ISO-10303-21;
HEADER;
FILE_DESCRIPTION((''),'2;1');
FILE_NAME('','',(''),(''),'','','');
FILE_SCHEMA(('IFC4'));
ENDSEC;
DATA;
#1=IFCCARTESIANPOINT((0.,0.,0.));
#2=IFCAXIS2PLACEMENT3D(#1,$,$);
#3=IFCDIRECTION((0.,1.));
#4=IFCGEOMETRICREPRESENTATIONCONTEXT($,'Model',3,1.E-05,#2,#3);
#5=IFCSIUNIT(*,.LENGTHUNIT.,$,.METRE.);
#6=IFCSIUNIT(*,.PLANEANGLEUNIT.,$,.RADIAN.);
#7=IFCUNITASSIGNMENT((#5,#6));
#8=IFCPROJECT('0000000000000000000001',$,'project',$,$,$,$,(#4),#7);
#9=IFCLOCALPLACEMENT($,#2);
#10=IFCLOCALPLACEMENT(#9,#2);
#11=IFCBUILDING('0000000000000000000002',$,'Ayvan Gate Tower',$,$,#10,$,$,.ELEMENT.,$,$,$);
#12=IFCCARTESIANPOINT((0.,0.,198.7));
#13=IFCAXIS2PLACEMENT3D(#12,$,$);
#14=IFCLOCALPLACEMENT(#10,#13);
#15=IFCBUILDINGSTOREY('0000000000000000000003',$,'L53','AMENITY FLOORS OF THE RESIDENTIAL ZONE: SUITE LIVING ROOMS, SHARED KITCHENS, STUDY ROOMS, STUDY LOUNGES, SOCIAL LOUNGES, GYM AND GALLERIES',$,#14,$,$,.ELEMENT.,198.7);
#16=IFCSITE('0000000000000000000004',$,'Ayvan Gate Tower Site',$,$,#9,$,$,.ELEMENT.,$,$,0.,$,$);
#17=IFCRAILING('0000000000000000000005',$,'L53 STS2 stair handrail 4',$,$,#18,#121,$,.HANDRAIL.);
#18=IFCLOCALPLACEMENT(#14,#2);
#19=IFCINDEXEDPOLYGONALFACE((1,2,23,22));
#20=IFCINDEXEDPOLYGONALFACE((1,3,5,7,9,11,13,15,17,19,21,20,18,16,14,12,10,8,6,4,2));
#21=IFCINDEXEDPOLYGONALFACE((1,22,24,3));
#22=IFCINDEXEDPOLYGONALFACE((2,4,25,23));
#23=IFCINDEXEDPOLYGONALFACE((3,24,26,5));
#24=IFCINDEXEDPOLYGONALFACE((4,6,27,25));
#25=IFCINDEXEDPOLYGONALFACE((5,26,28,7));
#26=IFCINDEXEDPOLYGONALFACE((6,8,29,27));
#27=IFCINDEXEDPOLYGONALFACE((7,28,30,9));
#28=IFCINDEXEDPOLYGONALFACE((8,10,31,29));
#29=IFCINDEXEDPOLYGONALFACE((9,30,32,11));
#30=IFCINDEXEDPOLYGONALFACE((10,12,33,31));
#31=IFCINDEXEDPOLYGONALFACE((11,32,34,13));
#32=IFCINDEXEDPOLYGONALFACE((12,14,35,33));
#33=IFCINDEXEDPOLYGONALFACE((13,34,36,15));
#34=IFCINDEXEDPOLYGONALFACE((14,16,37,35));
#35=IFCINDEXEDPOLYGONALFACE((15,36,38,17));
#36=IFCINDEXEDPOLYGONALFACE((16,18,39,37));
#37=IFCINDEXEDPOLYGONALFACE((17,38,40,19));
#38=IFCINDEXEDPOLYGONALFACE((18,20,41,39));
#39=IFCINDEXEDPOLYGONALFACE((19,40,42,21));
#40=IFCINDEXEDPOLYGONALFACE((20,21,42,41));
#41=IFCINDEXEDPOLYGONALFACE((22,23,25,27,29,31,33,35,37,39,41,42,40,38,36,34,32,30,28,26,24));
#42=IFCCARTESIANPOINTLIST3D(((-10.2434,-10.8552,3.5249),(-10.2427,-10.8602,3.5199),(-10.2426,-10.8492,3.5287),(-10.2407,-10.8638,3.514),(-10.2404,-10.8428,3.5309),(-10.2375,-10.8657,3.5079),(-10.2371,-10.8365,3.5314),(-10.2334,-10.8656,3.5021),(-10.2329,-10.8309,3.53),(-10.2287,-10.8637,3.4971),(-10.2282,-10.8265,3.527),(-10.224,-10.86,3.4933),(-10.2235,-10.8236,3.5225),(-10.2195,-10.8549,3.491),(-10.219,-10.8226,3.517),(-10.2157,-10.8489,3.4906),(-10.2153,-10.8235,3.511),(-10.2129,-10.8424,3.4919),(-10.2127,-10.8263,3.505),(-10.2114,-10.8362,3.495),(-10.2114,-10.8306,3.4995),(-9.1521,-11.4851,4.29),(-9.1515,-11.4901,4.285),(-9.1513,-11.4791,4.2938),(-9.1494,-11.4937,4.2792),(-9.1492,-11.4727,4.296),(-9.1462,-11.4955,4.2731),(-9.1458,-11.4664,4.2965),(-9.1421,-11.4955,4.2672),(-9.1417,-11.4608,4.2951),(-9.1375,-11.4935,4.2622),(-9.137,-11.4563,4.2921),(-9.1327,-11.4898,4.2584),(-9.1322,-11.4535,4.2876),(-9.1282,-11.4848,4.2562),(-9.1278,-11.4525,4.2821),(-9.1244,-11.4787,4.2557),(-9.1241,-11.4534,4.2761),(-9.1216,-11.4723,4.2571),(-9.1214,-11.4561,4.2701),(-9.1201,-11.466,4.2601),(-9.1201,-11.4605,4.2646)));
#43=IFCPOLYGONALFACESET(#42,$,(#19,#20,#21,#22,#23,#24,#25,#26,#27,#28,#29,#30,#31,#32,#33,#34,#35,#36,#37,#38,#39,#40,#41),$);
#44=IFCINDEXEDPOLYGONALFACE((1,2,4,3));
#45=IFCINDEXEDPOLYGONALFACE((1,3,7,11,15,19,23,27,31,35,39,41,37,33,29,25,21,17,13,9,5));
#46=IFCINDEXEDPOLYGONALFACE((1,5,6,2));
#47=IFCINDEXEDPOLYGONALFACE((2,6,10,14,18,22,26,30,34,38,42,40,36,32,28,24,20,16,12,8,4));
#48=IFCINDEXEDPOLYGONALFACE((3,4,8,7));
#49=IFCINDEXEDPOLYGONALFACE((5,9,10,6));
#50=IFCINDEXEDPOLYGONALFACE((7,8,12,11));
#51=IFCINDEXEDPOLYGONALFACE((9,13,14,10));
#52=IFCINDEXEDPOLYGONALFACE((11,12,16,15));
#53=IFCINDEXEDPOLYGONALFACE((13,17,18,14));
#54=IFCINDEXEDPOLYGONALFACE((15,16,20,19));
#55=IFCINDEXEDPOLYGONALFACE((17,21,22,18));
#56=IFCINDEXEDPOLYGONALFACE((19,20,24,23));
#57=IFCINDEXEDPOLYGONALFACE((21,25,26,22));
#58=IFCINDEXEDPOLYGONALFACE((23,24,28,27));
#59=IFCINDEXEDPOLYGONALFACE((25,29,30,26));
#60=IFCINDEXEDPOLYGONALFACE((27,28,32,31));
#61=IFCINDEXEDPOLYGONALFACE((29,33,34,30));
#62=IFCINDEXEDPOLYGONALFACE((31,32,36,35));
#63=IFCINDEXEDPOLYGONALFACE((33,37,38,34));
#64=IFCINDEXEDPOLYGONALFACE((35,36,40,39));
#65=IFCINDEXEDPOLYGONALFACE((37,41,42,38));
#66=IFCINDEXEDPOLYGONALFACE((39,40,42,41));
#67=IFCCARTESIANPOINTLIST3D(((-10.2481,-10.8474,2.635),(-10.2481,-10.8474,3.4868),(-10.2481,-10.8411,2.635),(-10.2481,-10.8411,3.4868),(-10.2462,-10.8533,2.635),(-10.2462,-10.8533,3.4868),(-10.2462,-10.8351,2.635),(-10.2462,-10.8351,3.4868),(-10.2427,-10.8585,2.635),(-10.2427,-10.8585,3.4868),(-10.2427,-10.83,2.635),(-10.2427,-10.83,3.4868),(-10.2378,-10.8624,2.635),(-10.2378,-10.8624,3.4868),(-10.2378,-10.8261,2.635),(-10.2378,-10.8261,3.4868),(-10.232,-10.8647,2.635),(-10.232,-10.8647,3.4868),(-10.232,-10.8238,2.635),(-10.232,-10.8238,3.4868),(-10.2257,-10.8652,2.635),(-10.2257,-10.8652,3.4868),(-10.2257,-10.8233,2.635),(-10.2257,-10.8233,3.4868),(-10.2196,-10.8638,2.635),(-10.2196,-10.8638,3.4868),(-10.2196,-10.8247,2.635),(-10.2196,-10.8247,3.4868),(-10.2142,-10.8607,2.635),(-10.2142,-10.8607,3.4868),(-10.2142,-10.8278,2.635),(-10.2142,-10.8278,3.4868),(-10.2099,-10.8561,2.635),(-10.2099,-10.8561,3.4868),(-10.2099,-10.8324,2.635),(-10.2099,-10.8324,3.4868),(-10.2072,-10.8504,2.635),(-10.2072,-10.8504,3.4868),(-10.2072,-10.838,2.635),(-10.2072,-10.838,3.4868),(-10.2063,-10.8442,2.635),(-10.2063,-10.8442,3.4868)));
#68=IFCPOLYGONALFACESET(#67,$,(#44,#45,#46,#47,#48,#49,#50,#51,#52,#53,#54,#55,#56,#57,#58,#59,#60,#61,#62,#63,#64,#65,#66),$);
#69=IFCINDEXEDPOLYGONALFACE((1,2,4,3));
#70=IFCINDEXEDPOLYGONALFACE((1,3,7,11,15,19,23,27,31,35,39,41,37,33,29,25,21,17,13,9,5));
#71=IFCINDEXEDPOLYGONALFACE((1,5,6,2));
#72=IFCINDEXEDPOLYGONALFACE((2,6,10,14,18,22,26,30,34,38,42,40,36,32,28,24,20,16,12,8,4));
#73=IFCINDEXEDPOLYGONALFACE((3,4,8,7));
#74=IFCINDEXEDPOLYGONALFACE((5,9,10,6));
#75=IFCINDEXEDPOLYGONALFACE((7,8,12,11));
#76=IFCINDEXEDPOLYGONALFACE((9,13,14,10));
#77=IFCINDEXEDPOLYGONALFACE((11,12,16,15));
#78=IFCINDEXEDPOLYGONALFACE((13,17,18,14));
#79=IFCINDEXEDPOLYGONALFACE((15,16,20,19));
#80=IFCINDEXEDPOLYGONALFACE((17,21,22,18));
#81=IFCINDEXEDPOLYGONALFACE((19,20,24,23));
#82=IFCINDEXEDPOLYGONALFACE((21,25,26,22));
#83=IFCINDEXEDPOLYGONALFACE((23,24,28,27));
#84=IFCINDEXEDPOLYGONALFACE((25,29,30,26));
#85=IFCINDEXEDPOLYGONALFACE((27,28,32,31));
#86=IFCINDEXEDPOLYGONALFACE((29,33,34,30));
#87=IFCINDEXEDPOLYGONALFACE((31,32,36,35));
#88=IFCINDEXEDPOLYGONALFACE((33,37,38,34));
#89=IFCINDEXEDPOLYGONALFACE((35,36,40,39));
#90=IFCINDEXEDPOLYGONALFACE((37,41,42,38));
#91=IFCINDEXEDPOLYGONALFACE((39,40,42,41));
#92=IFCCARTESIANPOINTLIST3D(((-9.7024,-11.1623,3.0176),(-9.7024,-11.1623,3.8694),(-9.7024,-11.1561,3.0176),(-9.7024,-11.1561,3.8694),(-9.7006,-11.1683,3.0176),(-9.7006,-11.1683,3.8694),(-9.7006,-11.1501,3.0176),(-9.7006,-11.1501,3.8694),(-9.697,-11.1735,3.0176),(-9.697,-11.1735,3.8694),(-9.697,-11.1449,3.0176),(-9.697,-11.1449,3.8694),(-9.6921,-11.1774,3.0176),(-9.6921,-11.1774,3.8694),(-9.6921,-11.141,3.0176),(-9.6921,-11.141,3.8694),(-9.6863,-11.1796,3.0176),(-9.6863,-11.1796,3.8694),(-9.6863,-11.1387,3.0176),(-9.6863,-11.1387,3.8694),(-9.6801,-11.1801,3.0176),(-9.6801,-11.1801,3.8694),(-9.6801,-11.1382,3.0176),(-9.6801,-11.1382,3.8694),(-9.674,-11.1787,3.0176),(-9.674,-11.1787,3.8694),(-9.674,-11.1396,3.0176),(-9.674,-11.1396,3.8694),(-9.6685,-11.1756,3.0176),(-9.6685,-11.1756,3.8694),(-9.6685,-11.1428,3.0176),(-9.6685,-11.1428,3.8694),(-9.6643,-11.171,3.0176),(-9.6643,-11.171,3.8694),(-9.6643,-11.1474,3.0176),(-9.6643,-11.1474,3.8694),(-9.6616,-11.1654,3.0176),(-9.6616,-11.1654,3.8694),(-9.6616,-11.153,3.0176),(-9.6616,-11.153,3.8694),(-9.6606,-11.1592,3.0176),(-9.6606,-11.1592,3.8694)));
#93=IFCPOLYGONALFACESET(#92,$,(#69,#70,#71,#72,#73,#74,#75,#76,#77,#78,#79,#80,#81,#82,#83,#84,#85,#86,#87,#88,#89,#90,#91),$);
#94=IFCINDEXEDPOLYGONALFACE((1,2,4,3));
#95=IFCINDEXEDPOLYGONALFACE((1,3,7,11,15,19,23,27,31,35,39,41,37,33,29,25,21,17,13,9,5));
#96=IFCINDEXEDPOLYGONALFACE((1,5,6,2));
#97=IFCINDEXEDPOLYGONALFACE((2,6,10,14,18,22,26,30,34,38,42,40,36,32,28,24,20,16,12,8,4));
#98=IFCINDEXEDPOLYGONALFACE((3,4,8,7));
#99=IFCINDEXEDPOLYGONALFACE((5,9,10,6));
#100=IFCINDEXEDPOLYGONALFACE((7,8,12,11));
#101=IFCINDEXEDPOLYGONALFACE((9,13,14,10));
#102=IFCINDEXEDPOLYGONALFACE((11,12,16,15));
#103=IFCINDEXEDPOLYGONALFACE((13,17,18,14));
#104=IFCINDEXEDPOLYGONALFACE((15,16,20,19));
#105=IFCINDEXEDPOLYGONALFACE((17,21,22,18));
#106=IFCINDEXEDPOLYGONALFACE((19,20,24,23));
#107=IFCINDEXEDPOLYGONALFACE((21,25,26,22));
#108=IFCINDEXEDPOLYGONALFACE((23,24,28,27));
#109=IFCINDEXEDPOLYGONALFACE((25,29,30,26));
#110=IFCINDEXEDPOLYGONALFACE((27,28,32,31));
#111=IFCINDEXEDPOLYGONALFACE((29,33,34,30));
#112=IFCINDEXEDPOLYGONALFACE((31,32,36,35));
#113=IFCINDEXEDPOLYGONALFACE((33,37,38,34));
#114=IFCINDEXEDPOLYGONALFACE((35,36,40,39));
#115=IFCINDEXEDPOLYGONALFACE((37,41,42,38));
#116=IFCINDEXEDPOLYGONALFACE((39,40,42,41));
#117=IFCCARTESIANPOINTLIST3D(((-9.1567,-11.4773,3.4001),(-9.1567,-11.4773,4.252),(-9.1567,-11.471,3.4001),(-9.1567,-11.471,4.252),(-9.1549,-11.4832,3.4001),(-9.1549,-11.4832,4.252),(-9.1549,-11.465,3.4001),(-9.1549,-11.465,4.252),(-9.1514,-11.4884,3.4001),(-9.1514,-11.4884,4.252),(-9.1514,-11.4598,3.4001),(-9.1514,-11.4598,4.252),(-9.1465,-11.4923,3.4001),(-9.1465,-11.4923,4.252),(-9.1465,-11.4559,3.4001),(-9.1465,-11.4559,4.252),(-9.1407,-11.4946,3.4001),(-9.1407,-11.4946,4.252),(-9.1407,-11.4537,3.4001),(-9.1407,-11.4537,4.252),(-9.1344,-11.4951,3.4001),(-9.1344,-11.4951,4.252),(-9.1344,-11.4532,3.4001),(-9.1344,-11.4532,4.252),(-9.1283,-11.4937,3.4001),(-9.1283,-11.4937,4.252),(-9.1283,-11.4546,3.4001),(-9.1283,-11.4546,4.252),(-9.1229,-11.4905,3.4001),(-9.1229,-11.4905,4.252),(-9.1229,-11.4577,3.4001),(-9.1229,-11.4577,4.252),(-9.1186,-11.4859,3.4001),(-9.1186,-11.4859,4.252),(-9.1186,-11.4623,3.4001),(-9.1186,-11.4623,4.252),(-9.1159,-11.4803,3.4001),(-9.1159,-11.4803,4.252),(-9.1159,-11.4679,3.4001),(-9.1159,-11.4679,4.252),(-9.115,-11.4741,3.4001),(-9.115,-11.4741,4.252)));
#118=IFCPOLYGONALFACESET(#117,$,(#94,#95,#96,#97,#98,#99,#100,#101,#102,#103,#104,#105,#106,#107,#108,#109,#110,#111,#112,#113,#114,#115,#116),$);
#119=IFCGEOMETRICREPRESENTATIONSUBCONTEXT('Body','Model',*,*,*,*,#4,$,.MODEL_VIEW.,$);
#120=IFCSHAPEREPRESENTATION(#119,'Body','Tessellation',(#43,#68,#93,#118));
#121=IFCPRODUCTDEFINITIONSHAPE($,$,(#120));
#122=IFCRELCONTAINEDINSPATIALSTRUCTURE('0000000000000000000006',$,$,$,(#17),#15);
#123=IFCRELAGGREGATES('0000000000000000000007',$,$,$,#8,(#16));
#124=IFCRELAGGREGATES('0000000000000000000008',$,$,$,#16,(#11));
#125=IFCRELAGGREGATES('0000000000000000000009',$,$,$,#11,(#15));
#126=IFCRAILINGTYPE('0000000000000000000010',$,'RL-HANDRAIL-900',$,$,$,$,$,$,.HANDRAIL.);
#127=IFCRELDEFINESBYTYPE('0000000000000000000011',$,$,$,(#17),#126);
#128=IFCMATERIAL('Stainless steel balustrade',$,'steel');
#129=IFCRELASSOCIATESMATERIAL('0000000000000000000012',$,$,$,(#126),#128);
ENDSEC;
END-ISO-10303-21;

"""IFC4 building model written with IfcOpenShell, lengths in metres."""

from ifc_helpers import new_model, si_unit, direction, frame, origin, origin_2d, place, context, subcontext, project, spatial, circle, extrude, material, type_object, element, save


model = new_model("IFC4")

# Units and contexts
model_context = context("Model", 3, precision=1e-05, world=origin(), true_north=direction((0.0, 1.0)))
body_context = subcontext(model_context, "Body", "Model", "MODEL_VIEW")
ifc_project = project(units=[si_unit("LENGTHUNIT", "METRE"), si_unit("PLANEANGLEUNIT", "RADIAN")], contexts=[model_context])

# Site, building, storey
site_placement = place(None, origin())
site = spatial("IfcSite", under=ifc_project, at=site_placement, Name="Ayvan Gate Tower Site", CompositionType="ELEMENT", RefElevation=0.0)
building_placement = place(site_placement, origin())
building = spatial("IfcBuilding", under=site, at=building_placement, Name="Ayvan Gate Tower", CompositionType="ELEMENT")
storey_placement = place(building_placement, frame((0.0, 0.0, 198.7)))
storey = spatial("IfcBuildingStorey", under=building, at=storey_placement, Name="L53", Description="AMENITY FLOORS OF THE RESIDENTIAL ZONE: SUITE LIVING ROOMS, SHARED KITCHENS, STUDY ROOMS, STUDY LOUNGES, SOCIAL LOUNGES, GYM AND GALLERIES", CompositionType="ELEMENT", Elevation=198.7)

# Railing
ifc_material_1 = material(Name="Stainless steel balustrade", Category="steel")
railing_type_1 = type_object("IfcRailingType", Name="RL-HANDRAIL-900", PredefinedType="HANDRAIL", material=ifc_material_1)
railing_1_placement = place(storey_placement, frame((-10.2273, -10.8442, 2.635)))
element("IfcRailing", 1, at=railing_1_placement, inside=storey, type_object=railing_type_1, Name="L53 STS2 stair handrail 4", PredefinedType="HANDRAIL", context=body_context, shape_type="SweptSolid", body=[
    extrude(circle(Radius=0.0239, at=origin_2d()), frame((0.0, 0.0, 0.876), z_axis=(0.740293, -0.427283, 0.519033), x_axis=(0.49989, 0.866089, 0.0)), (0.0, 0.0, 1.0), 1.4741),
    extrude(circle(Radius=0.021, at=origin_2d()), origin(), (0.0, 0.0, 1.0), 0.8518),
    extrude(circle(Radius=0.021, at=origin_2d()), frame((0.5457, -0.3149, 0.3826)), (0.0, 0.0, 1.0), 0.8518),
    extrude(circle(Radius=0.021, at=origin_2d()), frame((1.0913, -0.6299, 0.7651)), (0.0, 0.0, 1.0), 0.8518),
])

save(model, "model.ifc")
